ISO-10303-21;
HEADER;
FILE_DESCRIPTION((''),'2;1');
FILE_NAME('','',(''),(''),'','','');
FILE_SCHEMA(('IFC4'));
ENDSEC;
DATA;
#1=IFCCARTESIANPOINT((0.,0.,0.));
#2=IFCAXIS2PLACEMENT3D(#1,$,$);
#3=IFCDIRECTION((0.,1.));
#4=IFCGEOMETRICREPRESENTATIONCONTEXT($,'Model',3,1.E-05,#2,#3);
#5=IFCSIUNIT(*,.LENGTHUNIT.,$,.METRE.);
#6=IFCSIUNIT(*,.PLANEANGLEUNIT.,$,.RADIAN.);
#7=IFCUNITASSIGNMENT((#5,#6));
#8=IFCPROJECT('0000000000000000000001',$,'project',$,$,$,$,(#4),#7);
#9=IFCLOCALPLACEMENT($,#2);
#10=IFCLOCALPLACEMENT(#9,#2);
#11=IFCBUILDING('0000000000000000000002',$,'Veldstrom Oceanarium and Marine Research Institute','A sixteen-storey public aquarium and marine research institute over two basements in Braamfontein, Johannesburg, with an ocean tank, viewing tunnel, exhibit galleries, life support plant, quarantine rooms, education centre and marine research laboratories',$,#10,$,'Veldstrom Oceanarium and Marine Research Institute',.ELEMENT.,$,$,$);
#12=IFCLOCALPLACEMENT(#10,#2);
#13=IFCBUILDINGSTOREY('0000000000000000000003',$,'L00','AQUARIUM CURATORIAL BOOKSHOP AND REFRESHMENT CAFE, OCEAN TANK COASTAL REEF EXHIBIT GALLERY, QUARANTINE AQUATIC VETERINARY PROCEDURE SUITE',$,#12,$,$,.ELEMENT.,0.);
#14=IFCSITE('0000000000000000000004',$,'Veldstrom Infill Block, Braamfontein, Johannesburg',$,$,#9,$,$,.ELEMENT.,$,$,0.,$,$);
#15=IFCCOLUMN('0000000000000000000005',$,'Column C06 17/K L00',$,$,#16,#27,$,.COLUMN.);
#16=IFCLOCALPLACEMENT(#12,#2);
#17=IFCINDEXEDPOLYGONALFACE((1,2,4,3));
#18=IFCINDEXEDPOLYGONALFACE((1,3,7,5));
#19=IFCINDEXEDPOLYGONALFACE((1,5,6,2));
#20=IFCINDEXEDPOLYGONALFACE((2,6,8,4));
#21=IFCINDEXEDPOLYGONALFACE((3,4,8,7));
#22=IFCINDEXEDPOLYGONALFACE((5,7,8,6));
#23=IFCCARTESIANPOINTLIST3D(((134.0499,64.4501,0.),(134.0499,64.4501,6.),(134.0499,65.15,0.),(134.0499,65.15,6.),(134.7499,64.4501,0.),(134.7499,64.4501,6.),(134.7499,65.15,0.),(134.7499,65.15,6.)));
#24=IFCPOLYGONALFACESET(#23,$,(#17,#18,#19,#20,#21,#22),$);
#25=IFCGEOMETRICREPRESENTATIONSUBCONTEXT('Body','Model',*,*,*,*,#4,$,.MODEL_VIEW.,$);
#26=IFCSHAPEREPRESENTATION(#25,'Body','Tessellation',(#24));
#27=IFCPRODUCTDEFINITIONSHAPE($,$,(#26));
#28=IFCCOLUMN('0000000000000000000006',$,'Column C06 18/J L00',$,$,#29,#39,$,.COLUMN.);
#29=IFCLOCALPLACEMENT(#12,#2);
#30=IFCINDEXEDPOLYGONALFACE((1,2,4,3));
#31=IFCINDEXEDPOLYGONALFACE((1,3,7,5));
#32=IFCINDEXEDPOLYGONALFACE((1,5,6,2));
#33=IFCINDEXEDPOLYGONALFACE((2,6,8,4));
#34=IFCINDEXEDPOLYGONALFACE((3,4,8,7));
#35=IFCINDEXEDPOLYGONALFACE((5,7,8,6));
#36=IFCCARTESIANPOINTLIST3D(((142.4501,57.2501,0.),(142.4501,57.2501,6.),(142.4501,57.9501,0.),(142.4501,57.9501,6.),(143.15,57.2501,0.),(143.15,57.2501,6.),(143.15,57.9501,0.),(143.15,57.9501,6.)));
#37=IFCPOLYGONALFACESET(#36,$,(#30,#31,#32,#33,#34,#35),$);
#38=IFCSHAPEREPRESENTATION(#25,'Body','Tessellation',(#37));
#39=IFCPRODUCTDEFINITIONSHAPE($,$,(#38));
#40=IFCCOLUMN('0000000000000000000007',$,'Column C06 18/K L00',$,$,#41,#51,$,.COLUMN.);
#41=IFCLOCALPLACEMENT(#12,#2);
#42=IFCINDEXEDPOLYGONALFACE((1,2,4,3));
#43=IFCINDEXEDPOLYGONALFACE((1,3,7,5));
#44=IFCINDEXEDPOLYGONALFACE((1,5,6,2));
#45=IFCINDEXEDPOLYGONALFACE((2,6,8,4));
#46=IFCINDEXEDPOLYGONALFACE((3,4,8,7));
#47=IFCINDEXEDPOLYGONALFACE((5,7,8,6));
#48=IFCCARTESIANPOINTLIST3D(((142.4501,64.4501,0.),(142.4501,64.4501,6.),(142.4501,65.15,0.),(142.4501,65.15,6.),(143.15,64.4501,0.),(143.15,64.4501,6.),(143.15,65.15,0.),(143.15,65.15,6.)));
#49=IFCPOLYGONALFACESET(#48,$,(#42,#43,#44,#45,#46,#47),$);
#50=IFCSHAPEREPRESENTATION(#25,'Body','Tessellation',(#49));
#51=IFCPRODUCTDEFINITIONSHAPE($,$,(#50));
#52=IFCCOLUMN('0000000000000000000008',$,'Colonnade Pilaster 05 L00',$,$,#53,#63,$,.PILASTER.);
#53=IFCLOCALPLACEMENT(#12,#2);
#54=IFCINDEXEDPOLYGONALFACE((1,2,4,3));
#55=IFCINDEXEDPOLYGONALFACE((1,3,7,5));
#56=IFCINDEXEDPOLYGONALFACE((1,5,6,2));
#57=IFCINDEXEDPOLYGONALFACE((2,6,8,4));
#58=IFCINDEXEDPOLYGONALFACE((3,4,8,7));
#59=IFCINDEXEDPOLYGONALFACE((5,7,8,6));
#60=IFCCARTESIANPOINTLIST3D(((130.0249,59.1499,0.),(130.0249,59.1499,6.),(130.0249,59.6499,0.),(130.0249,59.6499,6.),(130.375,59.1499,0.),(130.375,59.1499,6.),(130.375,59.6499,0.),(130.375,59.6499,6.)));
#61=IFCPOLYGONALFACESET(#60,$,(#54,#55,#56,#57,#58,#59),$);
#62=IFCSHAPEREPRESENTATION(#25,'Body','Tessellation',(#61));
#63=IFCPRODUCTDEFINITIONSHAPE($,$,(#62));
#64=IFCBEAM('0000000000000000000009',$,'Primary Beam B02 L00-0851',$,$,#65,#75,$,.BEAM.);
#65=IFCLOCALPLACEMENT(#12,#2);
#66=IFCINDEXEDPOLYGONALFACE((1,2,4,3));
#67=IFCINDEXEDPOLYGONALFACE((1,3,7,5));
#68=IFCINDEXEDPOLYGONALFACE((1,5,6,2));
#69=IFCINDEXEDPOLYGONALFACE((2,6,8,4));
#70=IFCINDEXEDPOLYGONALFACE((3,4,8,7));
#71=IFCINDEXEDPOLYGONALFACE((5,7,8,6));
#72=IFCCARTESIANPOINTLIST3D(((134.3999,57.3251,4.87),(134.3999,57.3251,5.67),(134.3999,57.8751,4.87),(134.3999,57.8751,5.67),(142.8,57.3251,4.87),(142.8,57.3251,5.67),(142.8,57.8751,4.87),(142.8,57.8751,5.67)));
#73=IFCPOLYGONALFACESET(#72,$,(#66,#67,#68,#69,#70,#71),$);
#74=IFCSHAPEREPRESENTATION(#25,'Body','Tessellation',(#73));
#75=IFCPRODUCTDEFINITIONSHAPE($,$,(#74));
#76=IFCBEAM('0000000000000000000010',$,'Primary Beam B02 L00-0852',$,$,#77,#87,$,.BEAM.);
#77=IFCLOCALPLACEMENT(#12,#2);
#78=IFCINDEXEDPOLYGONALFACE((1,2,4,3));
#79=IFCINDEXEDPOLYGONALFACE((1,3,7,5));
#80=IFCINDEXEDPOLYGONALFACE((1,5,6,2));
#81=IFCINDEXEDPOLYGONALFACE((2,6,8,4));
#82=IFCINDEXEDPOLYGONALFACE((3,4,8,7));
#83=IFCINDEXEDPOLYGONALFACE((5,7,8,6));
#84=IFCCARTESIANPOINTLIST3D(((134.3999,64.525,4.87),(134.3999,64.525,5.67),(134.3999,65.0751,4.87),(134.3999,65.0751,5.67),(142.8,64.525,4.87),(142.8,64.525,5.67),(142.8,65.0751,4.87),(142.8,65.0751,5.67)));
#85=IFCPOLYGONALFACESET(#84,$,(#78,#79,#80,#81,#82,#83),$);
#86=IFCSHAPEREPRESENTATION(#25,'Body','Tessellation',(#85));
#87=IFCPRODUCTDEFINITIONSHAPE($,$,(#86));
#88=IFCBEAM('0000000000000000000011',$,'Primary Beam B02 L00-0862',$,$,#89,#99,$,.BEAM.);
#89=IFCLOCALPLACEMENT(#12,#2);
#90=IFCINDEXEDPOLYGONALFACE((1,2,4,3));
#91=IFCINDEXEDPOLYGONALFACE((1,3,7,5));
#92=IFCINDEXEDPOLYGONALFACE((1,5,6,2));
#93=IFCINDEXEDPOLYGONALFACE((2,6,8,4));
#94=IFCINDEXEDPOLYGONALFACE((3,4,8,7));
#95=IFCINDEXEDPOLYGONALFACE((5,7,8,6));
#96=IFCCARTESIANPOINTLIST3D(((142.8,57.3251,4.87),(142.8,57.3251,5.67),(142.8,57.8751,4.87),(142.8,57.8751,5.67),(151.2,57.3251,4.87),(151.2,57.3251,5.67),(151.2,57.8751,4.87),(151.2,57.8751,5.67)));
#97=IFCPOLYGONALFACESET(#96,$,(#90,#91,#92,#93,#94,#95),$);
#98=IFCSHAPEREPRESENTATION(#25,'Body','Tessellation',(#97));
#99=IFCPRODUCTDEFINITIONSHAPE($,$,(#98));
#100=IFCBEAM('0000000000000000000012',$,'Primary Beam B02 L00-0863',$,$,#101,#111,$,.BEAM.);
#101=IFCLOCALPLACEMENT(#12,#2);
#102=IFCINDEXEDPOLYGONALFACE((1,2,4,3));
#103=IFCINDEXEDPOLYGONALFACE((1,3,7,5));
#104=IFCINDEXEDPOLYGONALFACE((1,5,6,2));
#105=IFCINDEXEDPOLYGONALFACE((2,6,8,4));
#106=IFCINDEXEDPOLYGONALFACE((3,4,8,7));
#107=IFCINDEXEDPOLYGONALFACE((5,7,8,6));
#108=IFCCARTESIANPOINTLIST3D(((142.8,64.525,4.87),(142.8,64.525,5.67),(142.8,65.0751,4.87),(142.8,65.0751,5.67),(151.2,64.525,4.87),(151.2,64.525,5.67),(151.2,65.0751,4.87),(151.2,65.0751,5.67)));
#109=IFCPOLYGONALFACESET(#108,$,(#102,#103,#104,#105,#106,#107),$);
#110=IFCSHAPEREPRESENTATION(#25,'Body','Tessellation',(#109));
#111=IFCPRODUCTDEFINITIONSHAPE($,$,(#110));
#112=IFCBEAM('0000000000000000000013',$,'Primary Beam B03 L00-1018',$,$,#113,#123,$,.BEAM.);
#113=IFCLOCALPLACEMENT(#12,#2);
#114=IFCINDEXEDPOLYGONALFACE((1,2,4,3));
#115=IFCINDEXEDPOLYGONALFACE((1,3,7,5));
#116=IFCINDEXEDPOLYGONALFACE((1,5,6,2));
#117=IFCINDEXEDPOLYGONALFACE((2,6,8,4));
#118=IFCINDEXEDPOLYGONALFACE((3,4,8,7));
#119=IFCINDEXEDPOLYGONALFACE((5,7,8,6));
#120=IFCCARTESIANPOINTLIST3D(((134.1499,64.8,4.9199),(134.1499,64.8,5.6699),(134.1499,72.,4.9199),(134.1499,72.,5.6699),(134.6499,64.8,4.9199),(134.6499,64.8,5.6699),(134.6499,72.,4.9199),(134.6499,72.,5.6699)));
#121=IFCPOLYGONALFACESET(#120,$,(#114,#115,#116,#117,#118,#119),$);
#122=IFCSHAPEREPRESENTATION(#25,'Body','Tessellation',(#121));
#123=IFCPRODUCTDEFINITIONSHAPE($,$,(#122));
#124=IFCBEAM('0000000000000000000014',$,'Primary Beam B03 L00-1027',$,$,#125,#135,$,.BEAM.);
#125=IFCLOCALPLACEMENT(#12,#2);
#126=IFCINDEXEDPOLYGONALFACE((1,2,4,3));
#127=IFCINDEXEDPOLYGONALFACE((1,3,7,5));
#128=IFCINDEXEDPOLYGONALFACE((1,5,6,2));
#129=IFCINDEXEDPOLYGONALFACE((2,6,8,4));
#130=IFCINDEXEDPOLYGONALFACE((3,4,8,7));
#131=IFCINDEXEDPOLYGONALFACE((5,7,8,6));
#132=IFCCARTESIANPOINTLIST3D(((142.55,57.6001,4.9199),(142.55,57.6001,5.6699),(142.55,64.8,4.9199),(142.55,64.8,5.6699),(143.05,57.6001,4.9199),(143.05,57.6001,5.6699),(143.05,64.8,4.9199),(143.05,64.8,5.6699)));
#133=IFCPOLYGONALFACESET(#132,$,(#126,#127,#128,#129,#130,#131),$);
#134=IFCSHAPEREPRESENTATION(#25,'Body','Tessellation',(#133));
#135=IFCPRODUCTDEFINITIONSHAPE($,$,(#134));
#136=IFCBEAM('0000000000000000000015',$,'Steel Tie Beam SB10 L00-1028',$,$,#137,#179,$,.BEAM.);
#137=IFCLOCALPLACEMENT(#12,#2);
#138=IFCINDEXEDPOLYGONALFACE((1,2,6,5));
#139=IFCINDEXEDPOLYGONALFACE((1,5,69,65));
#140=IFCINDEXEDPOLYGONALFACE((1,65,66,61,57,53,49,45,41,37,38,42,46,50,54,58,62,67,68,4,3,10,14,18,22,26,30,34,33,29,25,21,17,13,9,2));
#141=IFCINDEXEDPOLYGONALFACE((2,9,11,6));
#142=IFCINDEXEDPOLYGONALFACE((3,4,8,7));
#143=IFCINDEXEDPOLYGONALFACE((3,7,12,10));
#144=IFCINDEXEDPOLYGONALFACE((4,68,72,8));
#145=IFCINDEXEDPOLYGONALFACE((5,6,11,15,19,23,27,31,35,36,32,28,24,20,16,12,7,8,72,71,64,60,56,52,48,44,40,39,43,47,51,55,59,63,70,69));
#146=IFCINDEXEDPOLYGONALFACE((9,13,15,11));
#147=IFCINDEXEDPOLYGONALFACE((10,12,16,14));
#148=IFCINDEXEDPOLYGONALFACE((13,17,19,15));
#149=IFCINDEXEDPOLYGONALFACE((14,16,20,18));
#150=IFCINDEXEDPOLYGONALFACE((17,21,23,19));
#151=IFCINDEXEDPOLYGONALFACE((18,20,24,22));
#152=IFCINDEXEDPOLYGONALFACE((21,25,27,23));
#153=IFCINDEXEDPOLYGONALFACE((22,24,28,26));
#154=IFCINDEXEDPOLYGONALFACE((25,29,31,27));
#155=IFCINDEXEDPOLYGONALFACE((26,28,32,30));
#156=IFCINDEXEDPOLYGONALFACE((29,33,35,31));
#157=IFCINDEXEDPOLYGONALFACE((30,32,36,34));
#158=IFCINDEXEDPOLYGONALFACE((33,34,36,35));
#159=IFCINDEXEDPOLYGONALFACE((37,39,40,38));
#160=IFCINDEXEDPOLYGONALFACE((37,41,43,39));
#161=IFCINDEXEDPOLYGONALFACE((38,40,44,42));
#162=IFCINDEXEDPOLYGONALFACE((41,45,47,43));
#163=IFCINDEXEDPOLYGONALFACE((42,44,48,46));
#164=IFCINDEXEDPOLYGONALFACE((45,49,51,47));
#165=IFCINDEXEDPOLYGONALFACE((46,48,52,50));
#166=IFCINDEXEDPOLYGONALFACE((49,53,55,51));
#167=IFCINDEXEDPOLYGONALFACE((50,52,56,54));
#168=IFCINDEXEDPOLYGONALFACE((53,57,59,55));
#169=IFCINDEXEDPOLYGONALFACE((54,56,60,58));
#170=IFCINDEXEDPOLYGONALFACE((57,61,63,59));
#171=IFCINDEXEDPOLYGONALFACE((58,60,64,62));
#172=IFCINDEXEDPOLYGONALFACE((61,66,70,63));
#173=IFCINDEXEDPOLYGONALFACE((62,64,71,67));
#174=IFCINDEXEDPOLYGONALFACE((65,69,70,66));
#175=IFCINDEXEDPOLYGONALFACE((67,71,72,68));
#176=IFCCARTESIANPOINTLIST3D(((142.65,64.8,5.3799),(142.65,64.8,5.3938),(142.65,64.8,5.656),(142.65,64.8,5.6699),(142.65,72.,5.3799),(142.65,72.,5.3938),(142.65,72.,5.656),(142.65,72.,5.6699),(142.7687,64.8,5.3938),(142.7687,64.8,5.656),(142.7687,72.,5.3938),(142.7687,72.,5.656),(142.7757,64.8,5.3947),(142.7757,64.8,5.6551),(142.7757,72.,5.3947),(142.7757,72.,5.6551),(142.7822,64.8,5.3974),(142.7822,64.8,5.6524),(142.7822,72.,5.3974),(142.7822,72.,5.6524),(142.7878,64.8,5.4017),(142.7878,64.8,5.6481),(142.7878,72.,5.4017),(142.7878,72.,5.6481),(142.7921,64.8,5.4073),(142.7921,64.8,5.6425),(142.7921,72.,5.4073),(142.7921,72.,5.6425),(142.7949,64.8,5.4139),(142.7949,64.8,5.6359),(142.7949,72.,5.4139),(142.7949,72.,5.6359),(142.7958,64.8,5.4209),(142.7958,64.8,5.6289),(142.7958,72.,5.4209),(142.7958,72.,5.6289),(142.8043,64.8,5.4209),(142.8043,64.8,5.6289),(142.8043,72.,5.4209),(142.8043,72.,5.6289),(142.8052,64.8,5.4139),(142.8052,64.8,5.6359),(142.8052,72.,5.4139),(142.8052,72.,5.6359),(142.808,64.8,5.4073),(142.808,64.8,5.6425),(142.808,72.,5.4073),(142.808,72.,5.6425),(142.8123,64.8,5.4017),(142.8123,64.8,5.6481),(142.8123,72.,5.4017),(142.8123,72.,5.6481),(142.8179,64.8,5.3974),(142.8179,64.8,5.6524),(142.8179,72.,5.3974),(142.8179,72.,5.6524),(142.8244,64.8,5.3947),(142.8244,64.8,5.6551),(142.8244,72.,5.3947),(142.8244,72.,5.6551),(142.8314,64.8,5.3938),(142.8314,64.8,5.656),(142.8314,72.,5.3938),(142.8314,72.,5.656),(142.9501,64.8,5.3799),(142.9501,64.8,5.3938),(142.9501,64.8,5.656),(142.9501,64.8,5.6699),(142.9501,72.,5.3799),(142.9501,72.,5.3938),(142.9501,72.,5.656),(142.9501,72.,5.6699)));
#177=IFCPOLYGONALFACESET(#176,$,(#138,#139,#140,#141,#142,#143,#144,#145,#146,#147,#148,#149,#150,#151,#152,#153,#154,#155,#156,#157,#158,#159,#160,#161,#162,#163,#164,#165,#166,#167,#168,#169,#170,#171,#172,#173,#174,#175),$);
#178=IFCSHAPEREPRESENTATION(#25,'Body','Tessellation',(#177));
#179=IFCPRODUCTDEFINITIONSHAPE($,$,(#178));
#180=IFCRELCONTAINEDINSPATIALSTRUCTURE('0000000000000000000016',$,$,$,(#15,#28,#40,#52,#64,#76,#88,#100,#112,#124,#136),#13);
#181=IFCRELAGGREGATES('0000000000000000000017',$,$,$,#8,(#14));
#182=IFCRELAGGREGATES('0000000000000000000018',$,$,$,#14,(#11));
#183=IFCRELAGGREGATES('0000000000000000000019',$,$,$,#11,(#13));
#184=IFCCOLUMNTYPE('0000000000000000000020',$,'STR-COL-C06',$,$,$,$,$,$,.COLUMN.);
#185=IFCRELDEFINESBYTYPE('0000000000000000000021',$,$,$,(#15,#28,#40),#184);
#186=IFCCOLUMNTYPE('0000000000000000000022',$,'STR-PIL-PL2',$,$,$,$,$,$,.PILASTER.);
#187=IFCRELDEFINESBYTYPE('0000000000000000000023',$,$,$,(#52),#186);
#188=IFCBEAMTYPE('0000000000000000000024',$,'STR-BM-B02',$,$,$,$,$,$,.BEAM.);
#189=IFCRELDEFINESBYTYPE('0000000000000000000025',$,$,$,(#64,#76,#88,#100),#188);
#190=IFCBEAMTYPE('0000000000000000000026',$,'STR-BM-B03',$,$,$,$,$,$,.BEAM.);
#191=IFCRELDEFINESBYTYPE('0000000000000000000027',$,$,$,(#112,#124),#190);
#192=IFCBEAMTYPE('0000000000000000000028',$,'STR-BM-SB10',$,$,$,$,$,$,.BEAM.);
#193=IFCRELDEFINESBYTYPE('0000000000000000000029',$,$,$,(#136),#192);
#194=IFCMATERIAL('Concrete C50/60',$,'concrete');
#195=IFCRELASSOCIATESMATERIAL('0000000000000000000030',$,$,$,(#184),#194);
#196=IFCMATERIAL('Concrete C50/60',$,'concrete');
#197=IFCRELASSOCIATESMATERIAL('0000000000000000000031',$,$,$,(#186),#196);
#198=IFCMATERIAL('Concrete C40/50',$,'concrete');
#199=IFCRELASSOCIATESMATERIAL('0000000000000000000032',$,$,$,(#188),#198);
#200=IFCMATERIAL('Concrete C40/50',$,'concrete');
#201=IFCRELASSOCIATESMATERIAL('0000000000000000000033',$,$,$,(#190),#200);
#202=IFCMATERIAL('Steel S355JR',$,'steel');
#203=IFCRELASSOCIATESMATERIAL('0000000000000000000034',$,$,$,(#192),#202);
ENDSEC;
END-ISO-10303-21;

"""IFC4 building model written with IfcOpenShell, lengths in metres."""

from ifc_helpers import new_model, si_unit, direction, frame, origin, origin_2d, place, context, subcontext, project, spatial, rectangle, i_section, extrude, material, material_profile, profile_set, type_object, element, save


model = new_model("IFC4")

# Units and contexts
model_context = context("Model", 3, precision=1e-05, world=origin(), true_north=direction((0.0, 1.0)))
body_context = subcontext(model_context, "Body", "Model", "MODEL_VIEW")
ifc_project = project(units=[si_unit("LENGTHUNIT", "METRE"), si_unit("PLANEANGLEUNIT", "RADIAN")], contexts=[model_context])

# Site, building, storey
site_placement = place(None, origin())
site = spatial("IfcSite", under=ifc_project, at=site_placement, Name="Veldstrom Infill Block, Braamfontein, Johannesburg", CompositionType="ELEMENT", RefElevation=0.0)
building_placement = place(site_placement, origin())
building = spatial("IfcBuilding", under=site, at=building_placement, Name="Veldstrom Oceanarium and Marine Research Institute", Description="A sixteen-storey public aquarium and marine research institute over two basements in Braamfontein, Johannesburg, with an ocean tank, viewing tunnel, exhibit galleries, life support plant, quarantine rooms, education centre and marine research laboratories", LongName="Veldstrom Oceanarium and Marine Research Institute", CompositionType="ELEMENT")
storey_placement = place(building_placement, origin())
storey = spatial("IfcBuildingStorey", under=building, at=storey_placement, Name="L00", Description="AQUARIUM CURATORIAL BOOKSHOP AND REFRESHMENT CAFE, OCEAN TANK COASTAL REEF EXHIBIT GALLERY, QUARANTINE AQUATIC VETERINARY PROCEDURE SUITE", CompositionType="ELEMENT", Elevation=0.0)

# Columns
ifc_material_1 = material(Name="Concrete C50/60", Category="concrete")
ifc_material_profile_1 = material_profile(ifc_material_1, rectangle(XDim=0.7, YDim=0.7, at=origin_2d()), Name="RC-COL-700x700")
ifc_profile_set_1 = profile_set([ifc_material_profile_1], Name="Concrete C50/60")
column_type_1 = type_object("IfcColumnType", Name="STR-COL-C06", PredefinedType="COLUMN", material=ifc_profile_set_1)
for number, where, z_axis, x_axis, name in (
    (1, (134.3999, 64.8, 0.0), (0.0, 0.0, 1.0), (1.0, 0.0, 0.0), "Column C06 17/K L00"),
    (2, (142.8, 57.6001, 0.0), (0.0, 0.0, 1.0), (1.0, 0.0, 0.0), "Column C06 18/J L00"),
    (3, (142.8, 64.8, 0.0), (0.0, 0.0, 1.0), (1.0, 0.0, 0.0), "Column C06 18/K L00"),
):
    element("IfcColumn", number, at=place(storey_placement, frame(where, z_axis=z_axis, x_axis=x_axis)), inside=storey, type_object=column_type_1, Name=name, PredefinedType="COLUMN", context=body_context, shape_type="SweptSolid", body=[
        extrude(rectangle(XDim=0.7, YDim=0.7, at=origin_2d()), origin(), (0.0, 0.0, 1.0), 6.0),
    ])
ifc_material_2 = material(Name="Concrete C50/60", Category="concrete")
ifc_material_profile_2 = material_profile(ifc_material_2, rectangle(XDim=0.3501, YDim=0.5, at=origin_2d()), Name="RC-PIL-500x350")
ifc_profile_set_2 = profile_set([ifc_material_profile_2], Name="Concrete C50/60")
column_type_2 = type_object("IfcColumnType", Name="STR-PIL-PL2", PredefinedType="PILASTER", material=ifc_profile_set_2)
column_placement = place(storey_placement, frame((130.2, 59.3999, 0.0), z_axis=(0.0, 0.0, 1.0), x_axis=(1.0, 0.0, 0.0)))
element("IfcColumn", 4, at=column_placement, inside=storey, type_object=column_type_2, Name="Colonnade Pilaster 05 L00", PredefinedType="PILASTER", context=body_context, shape_type="SweptSolid", body=[
    extrude(rectangle(XDim=0.3501, YDim=0.5, at=origin_2d()), origin(), (0.0, 0.0, 1.0), 6.0),
])

# Beams
ifc_material_3 = material(Name="Concrete C40/50", Category="concrete")
ifc_material_profile_3 = material_profile(ifc_material_3, rectangle(XDim=0.55, YDim=0.8, at=origin_2d()), Name="RC-BM-550x800")
ifc_profile_set_3 = profile_set([ifc_material_profile_3], Name="Concrete C40/50")
beam_type_1 = type_object("IfcBeamType", Name="STR-BM-B02", PredefinedType="BEAM", material=ifc_profile_set_3)
for number, where, z_axis, x_axis, name in (
    (5, (134.3999, 57.6001, 5.27), (1.0, 0.0, 0.0), (0.0, 1.0, 0.0), "Primary Beam B02 L00-0851"),
    (6, (134.3999, 64.8, 5.27), (1.0, 0.0, 0.0), (0.0, 1.0, 0.0), "Primary Beam B02 L00-0852"),
):
    element("IfcBeam", number, at=place(storey_placement, frame(where, z_axis=z_axis, x_axis=x_axis)), inside=storey, type_object=beam_type_1, Name=name, PredefinedType="BEAM", context=body_context, shape_type="SweptSolid", body=[
        extrude(rectangle(XDim=0.55, YDim=0.8, at=origin_2d()), origin(), (0.0, 0.0, 1.0), 8.4001),
    ])
for number, where, z_axis, x_axis, name in (
    (7, (142.8, 57.6001, 5.27), (1.0, 0.0, 0.0), (0.0, 1.0, 0.0), "Primary Beam B02 L00-0862"),
    (8, (142.8, 64.8, 5.27), (1.0, 0.0, 0.0), (0.0, 1.0, 0.0), "Primary Beam B02 L00-0863"),
):
    element("IfcBeam", number, at=place(storey_placement, frame(where, z_axis=z_axis, x_axis=x_axis)), inside=storey, type_object=beam_type_1, Name=name, PredefinedType="BEAM", context=body_context, shape_type="SweptSolid", body=[
        extrude(rectangle(XDim=0.55, YDim=0.8, at=origin_2d()), origin(), (0.0, 0.0, 1.0), 8.3999),
    ])
ifc_material_4 = material(Name="Concrete C40/50", Category="concrete")
ifc_material_profile_4 = material_profile(ifc_material_4, rectangle(XDim=0.5, YDim=0.75, at=origin_2d()), Name="RC-BM-500x750")
ifc_profile_set_4 = profile_set([ifc_material_profile_4], Name="Concrete C40/50")
beam_type_2 = type_object("IfcBeamType", Name="STR-BM-B03", PredefinedType="BEAM", material=ifc_profile_set_4)
for number, where, z_axis, x_axis, name in (
    (9, (134.3999, 64.8, 5.2949), (0.0, 1.0, 0.0), (-1.0, 0.0, 0.0), "Primary Beam B03 L00-1018"),
    (10, (142.8, 57.6001, 5.2949), (0.0, 1.0, 0.0), (-1.0, 0.0, 0.0), "Primary Beam B03 L00-1027"),
):
    element("IfcBeam", number, at=place(storey_placement, frame(where, z_axis=z_axis, x_axis=x_axis)), inside=storey, type_object=beam_type_2, Name=name, PredefinedType="BEAM", context=body_context, shape_type="SweptSolid", body=[
        extrude(rectangle(XDim=0.5, YDim=0.75, at=origin_2d()), origin(), (0.0, 0.0, 1.0), 7.2),
    ])
ifc_material_5 = material(Name="Steel S355JR", Category="steel")
ifc_material_profile_5 = material_profile(ifc_material_5, i_section(OverallWidth=0.3, OverallDepth=0.29, WebThickness=0.0085, FlangeThickness=0.0139, FilletRadius=0.0271, at=origin_2d()), Name="HEA 300")
ifc_profile_set_5 = profile_set([ifc_material_profile_5], Name="Steel S355JR")
beam_type_3 = type_object("IfcBeamType", Name="STR-BM-SB10", PredefinedType="BEAM", material=ifc_profile_set_5)
beam_1_placement = place(storey_placement, frame((142.8, 64.8, 5.5249), z_axis=(0.0, 1.0, 0.0), x_axis=(-1.0, 0.0, 0.0)))
element("IfcBeam", 11, at=beam_1_placement, inside=storey, type_object=beam_type_3, Name="Steel Tie Beam SB10 L00-1028", PredefinedType="BEAM", context=body_context, shape_type="SweptSolid", body=[
    extrude(i_section(OverallWidth=0.3, OverallDepth=0.29, WebThickness=0.0085, FlangeThickness=0.0139, FilletRadius=0.0271, at=origin_2d()), origin(), (0.0, 0.0, 1.0), 7.2),
])

save(model, "model.ifc")
